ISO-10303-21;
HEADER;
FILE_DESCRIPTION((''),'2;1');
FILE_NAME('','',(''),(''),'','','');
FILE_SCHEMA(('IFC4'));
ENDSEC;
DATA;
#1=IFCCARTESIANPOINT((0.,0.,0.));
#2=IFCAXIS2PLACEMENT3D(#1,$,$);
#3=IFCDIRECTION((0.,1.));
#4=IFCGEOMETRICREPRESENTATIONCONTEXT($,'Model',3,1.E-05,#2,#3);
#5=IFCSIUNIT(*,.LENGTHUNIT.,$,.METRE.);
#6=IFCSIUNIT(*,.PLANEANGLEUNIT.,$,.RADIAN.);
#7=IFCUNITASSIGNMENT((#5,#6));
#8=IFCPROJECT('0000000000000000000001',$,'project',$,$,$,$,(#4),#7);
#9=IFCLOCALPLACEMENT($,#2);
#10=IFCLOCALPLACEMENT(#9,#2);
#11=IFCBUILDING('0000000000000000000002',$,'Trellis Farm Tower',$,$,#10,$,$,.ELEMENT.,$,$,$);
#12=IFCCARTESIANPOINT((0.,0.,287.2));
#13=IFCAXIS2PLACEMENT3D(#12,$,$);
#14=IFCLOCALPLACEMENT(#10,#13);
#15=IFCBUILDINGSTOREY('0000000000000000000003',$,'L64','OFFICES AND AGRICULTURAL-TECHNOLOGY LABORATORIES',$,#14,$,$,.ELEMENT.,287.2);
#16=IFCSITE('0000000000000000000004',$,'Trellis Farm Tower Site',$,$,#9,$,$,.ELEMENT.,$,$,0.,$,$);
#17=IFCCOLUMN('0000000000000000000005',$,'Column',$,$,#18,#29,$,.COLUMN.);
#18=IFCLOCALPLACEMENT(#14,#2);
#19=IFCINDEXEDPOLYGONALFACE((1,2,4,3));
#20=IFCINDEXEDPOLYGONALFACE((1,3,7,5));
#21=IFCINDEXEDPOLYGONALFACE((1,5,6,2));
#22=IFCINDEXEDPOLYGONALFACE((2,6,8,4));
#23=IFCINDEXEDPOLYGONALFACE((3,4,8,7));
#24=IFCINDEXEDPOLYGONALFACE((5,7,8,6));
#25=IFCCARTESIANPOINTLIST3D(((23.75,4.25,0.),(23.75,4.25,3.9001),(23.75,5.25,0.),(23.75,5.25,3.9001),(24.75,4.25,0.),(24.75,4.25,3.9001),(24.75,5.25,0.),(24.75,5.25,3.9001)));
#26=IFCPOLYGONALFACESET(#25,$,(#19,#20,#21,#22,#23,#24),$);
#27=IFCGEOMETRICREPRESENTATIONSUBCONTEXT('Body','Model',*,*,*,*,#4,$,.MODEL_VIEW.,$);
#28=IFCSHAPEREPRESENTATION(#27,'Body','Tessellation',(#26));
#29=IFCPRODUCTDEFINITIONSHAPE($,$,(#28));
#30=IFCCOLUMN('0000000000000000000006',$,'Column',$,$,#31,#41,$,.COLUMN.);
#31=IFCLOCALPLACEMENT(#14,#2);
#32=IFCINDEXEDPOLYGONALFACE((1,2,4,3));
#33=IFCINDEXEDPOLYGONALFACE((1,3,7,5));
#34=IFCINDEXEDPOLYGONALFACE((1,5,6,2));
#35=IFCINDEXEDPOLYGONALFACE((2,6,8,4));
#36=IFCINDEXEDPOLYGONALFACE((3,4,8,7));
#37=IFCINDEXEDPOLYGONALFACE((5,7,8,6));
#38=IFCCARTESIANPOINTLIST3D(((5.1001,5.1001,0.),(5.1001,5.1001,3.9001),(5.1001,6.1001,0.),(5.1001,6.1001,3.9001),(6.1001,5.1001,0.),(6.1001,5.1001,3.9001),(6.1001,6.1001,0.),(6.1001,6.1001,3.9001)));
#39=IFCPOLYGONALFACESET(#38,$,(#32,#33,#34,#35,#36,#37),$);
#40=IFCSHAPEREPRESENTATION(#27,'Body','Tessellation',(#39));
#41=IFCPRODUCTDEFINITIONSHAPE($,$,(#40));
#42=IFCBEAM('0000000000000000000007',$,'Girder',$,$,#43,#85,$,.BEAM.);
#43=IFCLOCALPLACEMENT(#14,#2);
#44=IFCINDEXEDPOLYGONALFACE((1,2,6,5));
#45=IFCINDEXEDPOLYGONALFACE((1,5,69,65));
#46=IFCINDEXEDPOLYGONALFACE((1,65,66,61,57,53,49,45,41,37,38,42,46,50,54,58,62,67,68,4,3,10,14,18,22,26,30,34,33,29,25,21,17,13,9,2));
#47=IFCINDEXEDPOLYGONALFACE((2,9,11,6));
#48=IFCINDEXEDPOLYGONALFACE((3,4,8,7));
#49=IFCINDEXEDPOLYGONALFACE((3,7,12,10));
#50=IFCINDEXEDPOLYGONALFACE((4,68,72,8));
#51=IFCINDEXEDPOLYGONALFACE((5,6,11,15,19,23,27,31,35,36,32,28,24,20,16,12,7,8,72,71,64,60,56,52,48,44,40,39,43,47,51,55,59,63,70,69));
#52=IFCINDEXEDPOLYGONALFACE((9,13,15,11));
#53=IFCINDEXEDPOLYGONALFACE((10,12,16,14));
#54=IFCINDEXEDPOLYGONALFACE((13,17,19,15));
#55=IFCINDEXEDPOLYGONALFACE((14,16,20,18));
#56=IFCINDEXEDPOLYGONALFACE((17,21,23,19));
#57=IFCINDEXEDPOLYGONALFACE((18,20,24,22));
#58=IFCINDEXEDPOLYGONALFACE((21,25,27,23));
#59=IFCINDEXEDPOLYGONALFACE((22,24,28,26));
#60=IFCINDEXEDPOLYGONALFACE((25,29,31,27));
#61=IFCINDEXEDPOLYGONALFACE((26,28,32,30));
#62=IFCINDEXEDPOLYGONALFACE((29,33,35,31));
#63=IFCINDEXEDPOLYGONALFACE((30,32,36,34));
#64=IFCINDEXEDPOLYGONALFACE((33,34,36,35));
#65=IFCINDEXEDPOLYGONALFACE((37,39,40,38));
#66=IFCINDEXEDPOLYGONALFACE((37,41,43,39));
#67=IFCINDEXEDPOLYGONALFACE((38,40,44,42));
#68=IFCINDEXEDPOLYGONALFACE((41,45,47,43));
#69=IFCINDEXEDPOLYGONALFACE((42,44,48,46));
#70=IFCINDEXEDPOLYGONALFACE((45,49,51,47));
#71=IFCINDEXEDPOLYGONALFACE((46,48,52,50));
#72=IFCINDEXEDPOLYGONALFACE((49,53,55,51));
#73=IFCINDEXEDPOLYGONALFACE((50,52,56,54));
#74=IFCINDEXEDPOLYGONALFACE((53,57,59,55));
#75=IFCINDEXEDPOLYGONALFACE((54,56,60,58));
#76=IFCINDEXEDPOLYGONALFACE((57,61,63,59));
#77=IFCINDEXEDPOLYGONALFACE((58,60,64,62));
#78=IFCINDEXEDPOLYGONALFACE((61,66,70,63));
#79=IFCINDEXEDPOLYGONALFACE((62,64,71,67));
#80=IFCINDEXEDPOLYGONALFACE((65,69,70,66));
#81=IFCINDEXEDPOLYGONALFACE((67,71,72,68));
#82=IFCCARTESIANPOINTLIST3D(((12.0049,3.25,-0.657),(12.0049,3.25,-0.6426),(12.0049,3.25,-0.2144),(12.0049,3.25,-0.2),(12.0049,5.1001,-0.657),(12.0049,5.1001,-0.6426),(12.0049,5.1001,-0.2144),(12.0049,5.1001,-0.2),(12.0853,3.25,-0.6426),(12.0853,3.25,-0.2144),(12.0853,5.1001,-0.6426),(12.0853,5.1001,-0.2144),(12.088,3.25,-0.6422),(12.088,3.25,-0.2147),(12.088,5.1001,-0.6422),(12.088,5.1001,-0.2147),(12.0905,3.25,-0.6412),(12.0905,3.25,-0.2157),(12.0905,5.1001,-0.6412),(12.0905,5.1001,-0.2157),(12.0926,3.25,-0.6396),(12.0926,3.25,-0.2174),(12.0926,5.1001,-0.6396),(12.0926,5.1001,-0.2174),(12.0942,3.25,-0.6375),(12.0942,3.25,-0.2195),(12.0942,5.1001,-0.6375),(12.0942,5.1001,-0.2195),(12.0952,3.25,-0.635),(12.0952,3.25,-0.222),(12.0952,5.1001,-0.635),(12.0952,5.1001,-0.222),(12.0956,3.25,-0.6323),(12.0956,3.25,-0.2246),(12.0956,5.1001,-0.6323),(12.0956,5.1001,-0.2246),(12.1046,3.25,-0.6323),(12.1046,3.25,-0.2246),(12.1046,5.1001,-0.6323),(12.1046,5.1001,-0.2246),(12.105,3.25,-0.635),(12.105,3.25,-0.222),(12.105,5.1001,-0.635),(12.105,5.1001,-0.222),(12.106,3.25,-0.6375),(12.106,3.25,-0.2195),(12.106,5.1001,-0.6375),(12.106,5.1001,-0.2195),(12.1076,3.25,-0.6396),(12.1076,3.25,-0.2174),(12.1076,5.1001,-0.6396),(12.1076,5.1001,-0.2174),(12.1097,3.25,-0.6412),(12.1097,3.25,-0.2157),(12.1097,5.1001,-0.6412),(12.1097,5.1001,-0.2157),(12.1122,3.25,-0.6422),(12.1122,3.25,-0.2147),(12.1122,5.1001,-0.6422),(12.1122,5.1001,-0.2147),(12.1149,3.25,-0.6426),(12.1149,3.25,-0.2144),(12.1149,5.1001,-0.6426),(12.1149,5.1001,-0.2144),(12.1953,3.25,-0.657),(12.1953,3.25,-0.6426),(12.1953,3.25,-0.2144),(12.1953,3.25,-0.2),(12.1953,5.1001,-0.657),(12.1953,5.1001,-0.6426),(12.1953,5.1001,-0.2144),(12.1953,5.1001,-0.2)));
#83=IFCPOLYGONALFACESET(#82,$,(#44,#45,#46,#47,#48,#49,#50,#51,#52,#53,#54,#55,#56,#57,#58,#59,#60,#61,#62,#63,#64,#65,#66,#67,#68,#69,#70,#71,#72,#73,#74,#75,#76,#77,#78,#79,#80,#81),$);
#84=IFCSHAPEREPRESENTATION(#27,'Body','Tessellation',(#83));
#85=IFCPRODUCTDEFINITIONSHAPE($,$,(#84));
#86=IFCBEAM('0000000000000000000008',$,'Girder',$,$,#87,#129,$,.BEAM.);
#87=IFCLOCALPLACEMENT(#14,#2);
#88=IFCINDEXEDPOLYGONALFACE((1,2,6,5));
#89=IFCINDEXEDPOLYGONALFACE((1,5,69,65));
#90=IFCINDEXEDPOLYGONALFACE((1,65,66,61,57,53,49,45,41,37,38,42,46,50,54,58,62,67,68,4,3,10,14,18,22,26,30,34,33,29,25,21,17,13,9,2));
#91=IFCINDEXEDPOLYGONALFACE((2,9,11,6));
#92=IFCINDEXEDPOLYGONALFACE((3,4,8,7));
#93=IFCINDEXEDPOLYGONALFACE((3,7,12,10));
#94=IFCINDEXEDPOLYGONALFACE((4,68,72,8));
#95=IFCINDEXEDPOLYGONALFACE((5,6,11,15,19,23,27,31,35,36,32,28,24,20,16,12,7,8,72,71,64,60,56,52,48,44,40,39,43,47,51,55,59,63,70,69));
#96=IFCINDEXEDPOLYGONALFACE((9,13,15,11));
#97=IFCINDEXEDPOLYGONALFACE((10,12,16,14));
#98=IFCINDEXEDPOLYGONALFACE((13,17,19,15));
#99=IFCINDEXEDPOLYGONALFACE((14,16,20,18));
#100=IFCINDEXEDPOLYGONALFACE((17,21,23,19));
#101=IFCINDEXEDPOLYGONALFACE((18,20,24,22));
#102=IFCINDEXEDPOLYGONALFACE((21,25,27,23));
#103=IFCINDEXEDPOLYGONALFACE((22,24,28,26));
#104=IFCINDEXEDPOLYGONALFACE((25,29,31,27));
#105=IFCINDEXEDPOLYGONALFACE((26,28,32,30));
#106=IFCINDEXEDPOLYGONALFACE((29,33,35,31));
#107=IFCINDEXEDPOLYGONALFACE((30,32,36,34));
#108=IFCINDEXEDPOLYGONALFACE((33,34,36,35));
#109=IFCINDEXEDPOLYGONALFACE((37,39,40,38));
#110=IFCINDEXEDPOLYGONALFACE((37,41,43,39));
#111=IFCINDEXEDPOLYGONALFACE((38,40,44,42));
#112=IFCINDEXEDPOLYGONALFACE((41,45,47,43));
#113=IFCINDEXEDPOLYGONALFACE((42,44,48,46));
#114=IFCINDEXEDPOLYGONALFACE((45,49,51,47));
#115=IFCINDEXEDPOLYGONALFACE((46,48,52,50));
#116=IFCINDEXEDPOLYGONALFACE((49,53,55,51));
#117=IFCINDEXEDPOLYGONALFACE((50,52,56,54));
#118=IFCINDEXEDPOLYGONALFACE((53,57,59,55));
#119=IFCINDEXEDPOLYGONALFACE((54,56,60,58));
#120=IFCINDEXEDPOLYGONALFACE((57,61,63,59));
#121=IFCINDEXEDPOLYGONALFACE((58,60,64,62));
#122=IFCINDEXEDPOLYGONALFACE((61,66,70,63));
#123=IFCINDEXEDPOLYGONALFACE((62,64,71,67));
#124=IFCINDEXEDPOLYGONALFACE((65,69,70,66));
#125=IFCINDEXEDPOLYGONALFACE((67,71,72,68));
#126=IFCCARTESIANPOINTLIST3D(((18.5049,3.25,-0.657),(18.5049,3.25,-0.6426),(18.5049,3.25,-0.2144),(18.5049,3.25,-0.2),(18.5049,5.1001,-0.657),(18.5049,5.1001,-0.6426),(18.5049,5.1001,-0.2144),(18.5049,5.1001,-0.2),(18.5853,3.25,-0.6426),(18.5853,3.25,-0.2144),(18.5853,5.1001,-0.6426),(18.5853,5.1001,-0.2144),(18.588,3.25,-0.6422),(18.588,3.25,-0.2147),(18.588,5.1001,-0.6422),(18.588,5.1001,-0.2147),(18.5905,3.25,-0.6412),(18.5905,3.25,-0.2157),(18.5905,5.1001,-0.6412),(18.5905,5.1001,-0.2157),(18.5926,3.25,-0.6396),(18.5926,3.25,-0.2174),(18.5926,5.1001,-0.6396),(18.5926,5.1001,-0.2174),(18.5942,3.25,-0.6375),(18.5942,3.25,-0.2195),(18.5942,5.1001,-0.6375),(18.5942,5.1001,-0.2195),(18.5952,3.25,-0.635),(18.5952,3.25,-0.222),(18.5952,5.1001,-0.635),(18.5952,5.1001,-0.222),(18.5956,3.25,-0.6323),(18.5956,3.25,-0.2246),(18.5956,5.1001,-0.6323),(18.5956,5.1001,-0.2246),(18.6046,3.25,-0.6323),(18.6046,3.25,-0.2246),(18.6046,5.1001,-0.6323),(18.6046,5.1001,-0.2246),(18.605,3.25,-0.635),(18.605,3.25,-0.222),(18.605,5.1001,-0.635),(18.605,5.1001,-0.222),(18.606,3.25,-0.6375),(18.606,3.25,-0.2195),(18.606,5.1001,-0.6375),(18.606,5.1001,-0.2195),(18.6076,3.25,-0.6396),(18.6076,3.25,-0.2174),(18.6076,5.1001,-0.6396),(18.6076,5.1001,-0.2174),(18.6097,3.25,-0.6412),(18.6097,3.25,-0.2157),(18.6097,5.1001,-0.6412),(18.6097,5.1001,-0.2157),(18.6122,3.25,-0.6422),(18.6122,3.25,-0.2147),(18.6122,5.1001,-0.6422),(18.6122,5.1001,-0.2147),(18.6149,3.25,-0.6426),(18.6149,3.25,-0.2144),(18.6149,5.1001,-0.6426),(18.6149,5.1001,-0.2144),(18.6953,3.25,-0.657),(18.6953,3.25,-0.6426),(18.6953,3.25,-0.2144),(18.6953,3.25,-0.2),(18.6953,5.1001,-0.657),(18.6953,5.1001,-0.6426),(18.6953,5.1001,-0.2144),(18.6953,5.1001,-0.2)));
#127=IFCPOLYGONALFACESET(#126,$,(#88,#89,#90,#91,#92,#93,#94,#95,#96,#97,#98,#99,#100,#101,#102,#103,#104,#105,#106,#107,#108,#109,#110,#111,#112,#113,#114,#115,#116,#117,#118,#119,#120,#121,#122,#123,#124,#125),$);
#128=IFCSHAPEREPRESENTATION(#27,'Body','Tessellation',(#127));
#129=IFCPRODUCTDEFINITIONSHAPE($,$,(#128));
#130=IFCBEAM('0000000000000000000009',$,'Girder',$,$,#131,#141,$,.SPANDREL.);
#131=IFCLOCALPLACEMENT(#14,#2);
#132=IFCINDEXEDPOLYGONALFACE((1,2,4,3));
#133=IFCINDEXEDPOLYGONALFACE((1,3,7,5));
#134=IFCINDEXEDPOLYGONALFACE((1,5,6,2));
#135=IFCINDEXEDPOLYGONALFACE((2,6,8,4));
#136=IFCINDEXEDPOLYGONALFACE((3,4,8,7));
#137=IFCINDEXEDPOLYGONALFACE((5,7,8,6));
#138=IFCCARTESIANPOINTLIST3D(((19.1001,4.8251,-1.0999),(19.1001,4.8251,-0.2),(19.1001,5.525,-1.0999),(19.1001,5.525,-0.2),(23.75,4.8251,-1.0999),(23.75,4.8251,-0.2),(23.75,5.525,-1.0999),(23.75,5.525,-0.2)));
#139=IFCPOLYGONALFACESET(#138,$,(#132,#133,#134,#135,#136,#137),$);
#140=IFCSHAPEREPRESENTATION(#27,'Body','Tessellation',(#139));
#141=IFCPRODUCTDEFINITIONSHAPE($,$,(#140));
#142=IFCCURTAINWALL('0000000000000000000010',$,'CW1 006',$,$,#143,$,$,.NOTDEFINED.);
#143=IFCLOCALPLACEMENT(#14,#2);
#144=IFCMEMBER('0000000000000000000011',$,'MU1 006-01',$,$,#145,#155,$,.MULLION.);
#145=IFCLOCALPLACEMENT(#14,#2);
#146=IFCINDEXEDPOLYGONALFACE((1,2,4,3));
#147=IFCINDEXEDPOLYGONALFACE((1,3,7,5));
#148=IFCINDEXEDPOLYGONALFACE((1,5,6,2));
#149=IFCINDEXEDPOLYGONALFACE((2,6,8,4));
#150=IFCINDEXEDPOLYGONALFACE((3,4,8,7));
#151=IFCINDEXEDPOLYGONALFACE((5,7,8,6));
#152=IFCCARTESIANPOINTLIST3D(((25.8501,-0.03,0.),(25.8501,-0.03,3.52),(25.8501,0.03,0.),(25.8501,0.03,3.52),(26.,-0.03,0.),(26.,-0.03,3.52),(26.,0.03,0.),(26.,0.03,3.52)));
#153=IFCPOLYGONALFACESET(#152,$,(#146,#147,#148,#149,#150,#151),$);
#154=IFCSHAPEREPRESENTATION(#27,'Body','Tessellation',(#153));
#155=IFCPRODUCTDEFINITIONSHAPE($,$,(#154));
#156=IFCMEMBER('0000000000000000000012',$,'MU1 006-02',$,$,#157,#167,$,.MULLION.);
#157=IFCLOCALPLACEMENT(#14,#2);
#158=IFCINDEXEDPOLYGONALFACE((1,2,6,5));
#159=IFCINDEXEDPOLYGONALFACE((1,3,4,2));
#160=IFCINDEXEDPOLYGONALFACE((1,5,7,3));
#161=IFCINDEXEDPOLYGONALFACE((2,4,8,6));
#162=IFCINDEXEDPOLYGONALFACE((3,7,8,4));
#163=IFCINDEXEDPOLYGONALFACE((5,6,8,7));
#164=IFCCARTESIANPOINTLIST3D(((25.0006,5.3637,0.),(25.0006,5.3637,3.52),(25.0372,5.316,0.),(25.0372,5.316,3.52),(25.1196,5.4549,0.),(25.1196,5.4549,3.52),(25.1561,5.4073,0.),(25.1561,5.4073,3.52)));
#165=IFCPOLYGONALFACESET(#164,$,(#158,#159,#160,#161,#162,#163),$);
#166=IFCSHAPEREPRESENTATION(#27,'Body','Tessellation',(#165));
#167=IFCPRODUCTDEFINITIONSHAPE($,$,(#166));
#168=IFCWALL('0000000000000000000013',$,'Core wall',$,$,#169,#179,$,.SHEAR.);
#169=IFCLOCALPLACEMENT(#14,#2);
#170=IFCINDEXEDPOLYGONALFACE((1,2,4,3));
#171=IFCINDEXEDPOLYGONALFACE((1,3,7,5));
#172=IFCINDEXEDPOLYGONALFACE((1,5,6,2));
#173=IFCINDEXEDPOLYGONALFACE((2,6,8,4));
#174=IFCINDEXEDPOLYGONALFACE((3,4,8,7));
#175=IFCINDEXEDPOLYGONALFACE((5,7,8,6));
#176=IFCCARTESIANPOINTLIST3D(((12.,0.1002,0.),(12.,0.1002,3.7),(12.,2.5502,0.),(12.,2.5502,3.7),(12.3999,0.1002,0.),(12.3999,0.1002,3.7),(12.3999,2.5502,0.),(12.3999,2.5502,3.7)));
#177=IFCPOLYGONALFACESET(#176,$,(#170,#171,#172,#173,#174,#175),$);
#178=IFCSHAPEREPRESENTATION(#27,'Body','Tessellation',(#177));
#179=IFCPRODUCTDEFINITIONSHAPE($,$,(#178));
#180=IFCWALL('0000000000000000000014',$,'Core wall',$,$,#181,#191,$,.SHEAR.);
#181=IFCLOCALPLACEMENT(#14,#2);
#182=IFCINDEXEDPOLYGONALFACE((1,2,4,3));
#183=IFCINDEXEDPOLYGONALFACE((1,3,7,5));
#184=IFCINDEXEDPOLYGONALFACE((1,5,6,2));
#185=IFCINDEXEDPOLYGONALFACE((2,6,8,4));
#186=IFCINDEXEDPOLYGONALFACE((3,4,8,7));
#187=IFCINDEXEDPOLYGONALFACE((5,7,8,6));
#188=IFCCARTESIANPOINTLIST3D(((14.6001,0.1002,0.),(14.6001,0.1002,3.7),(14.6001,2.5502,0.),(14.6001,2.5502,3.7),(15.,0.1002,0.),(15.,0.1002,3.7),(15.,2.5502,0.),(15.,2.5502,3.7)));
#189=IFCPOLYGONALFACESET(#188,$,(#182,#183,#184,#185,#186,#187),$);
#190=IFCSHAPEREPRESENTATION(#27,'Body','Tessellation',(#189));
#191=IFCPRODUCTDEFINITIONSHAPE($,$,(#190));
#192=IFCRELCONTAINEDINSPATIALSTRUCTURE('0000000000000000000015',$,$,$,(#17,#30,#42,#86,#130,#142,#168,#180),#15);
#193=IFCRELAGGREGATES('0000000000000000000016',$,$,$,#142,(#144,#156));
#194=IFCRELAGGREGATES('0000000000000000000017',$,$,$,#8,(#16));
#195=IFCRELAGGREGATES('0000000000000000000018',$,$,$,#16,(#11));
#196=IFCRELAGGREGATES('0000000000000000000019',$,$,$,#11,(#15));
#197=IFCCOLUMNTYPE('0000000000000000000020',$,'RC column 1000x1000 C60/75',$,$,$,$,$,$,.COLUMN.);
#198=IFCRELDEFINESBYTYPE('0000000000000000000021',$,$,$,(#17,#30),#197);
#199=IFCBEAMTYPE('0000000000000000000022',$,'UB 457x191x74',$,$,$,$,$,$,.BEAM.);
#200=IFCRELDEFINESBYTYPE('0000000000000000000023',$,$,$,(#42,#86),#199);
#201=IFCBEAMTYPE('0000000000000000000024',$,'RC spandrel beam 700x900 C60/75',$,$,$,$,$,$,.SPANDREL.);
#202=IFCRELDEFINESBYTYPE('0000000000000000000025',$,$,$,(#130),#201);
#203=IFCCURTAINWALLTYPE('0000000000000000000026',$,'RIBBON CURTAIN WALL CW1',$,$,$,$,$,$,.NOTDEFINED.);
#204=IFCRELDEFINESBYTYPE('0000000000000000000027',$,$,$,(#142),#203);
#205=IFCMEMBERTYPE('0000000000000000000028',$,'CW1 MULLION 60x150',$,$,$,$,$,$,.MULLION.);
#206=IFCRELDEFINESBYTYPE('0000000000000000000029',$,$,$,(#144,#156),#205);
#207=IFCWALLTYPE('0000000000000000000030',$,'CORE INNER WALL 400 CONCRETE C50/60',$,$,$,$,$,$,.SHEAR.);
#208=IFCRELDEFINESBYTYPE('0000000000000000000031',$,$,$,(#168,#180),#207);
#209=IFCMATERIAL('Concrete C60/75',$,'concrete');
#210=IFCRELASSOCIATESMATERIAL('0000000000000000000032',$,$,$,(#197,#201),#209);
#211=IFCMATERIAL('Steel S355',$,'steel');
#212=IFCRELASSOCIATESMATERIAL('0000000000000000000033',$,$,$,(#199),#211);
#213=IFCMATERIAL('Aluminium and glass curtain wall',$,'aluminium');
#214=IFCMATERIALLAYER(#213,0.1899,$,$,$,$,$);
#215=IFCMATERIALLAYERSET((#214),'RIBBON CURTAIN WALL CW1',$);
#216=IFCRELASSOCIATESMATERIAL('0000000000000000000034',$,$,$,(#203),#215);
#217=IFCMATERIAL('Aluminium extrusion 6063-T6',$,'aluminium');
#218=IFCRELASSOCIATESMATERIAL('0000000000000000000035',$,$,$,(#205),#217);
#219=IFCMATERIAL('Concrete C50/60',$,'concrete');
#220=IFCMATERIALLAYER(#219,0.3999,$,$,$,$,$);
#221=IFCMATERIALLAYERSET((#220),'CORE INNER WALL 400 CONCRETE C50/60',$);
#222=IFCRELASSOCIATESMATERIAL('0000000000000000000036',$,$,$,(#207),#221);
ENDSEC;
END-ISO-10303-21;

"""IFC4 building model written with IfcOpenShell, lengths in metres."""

from ifc_helpers import new_model, si_unit, direction, frame, frame_2d, origin, origin_2d, place, context, subcontext, project, spatial, rectangle, i_section, extrude, source, transform, mapped, material, layer, layer_set, material_profile, profile_set, type_object, element, aggregate, save


model = new_model("IFC4")

# Units and contexts
model_context = context("Model", 3, precision=1e-05, world=origin(), true_north=direction((0.0, 1.0)))
body_context = subcontext(model_context, "Body", "Model", "MODEL_VIEW")
ifc_project = project(units=[si_unit("LENGTHUNIT", "METRE"), si_unit("PLANEANGLEUNIT", "RADIAN")], contexts=[model_context])

# Site, building, storey
site_placement = place(None, origin())
site = spatial("IfcSite", under=ifc_project, at=site_placement, Name="Trellis Farm Tower Site", CompositionType="ELEMENT", RefElevation=0.0)
building_placement = place(site_placement, origin())
building = spatial("IfcBuilding", under=site, at=building_placement, Name="Trellis Farm Tower", CompositionType="ELEMENT")
storey_placement = place(building_placement, frame((0.0, 0.0, 287.2)))
storey = spatial("IfcBuildingStorey", under=building, at=storey_placement, Name="L64", Description="OFFICES AND AGRICULTURAL-TECHNOLOGY LABORATORIES", CompositionType="ELEMENT", Elevation=287.2)

# Columns
ifc_material_1 = material(Name="Concrete C60/75", Category="concrete")
ifc_material_profile_1 = material_profile(ifc_material_1, rectangle(XDim=1.0, YDim=1.0, at=origin_2d()), Name="RC column 1000x1000 C60/75")
ifc_profile_set_1 = profile_set([ifc_material_profile_1], Name="Concrete C60/75")
column_type = type_object("IfcColumnType", Name="RC column 1000x1000 C60/75", PredefinedType="COLUMN", material=ifc_profile_set_1)
shared_shape_1 = source(origin(), body_context, "Body", "SweptSolid", [
    extrude(rectangle(XDim=1.0, YDim=1.0, at=origin_2d()), origin(), (0.0, 0.0, 1.0), 3.9001),
])
for number, where, z_axis, x_axis, name in (
    (1, (24.25, 4.75, 0.0), (0.0, 0.0, 1.0), (1.0, 0.0, 0.0), "Column"),
    (2, (5.6001, 5.6001, 0.0), (0.0, 0.0, 1.0), (1.0, 0.0, 0.0), "Column"),
):
    element("IfcColumn", number, at=place(storey_placement, frame(where, z_axis=z_axis, x_axis=x_axis)), inside=storey, type_object=column_type, Name=name, PredefinedType="COLUMN", context=body_context, shape_type="MappedRepresentation", body=[
        mapped(shared_shape_1, transform((0.0, 0.0, 0.0))),
    ])

# Beams
ifc_material_2 = material(Name="Steel S355", Category="steel")
ifc_material_profile_2 = material_profile(ifc_material_2, i_section(OverallWidth=0.1904, OverallDepth=0.457, WebThickness=0.009, FlangeThickness=0.0144, FilletRadius=0.0103, at=origin_2d()), Name="UB 457x191x74")
ifc_profile_set_2 = profile_set([ifc_material_profile_2], Name="Steel S355")
beam_type_1 = type_object("IfcBeamType", Name="UB 457x191x74", PredefinedType="BEAM", material=ifc_profile_set_2)
shared_shape_2 = source(origin(), body_context, "Body", "SweptSolid", [
    extrude(i_section(OverallWidth=0.1904, OverallDepth=0.457, WebThickness=0.009, FlangeThickness=0.0144, FilletRadius=0.0103, at=origin_2d()), origin(), (0.0, 0.0, 1.0), 1.8501),
])
for number, where, z_axis, x_axis, name in (
    (3, (12.1001, 3.25, -0.4285), (0.0, 1.0, 0.0), (-1.0, 0.0, 0.0), "Girder"),
    (4, (18.6001, 3.25, -0.4285), (0.0, 1.0, 0.0), (-1.0, 0.0, 0.0), "Girder"),
):
    element("IfcBeam", number, at=place(storey_placement, frame(where, z_axis=z_axis, x_axis=x_axis)), inside=storey, type_object=beam_type_1, Name=name, PredefinedType="BEAM", context=body_context, shape_type="MappedRepresentation", body=[
        mapped(shared_shape_2, transform((0.0, 0.0, 0.0))),
    ])
ifc_material_profile_3 = material_profile(ifc_material_1, rectangle(XDim=0.7, YDim=0.8999, at=origin_2d()), Name="RC spandrel beam 700x900 C60/75")
ifc_profile_set_3 = profile_set([ifc_material_profile_3], Name="Concrete C60/75")
beam_type_2 = type_object("IfcBeamType", Name="RC spandrel beam 700x900 C60/75", PredefinedType="SPANDREL", material=ifc_profile_set_3)
shared_shape_3 = source(origin(), body_context, "Body", "SweptSolid", [
    extrude(rectangle(XDim=0.7, YDim=0.8999, at=origin_2d()), origin(), (0.0, 0.0, 1.0), 4.6499),
])
beam_placement = place(storey_placement, frame((19.1001, 5.175, -0.6499), z_axis=(1.0, 0.0, 0.0), x_axis=(0.0, 1.0, 0.0)))
element("IfcBeam", 5, at=beam_placement, inside=storey, type_object=beam_type_2, Name="Girder", PredefinedType="SPANDREL", context=body_context, shape_type="MappedRepresentation", body=[
    mapped(shared_shape_3, transform((0.0, 0.0, 0.0))),
])

# Curtain wall, members
ifc_material_3 = material(Name="Aluminium and glass curtain wall", Category="aluminium")
ifc_layer_1 = layer(ifc_material_3, 0.1899)
ifc_layer_set_1 = layer_set([ifc_layer_1], Name="RIBBON CURTAIN WALL CW1")
curtain_wall_type = type_object("IfcCurtainWallType", Name="RIBBON CURTAIN WALL CW1", PredefinedType="NOTDEFINED", material=ifc_layer_set_1)
curtain_wall_placement = place(storey_placement, origin())
curtain_wall = element("IfcCurtainWall", 6, at=curtain_wall_placement, inside=storey, type_object=curtain_wall_type, Name="CW1 006", PredefinedType="NOTDEFINED")
ifc_material_4 = material(Name="Aluminium extrusion 6063-T6", Category="aluminium")
ifc_material_profile_4 = material_profile(ifc_material_4, rectangle(XDim=0.0601, YDim=0.1499, at=origin_2d()), Name="MULLION 60x150")
ifc_profile_set_4 = profile_set([ifc_material_profile_4], Name="Aluminium extrusion 6063-T6")
member_type = type_object("IfcMemberType", Name="CW1 MULLION 60x150", PredefinedType="MULLION", material=ifc_profile_set_4)
shared_shape_4 = source(origin(), body_context, "Body", "SweptSolid", [
    extrude(rectangle(XDim=0.0601, YDim=0.1499, at=origin_2d()), origin(), (0.0, 0.0, 1.0), 3.52),
])
member_1_placement = place(storey_placement, frame((25.925, 0.0, 0.0), z_axis=(0.0, 0.0, 1.0), x_axis=(0.0, 1.0, 0.0)))
member_1 = element("IfcMember", 7, at=member_1_placement, type_object=member_type, Name="MU1 006-01", PredefinedType="MULLION", context=body_context, shape_type="MappedRepresentation", body=[
    mapped(shared_shape_4, transform((0.0, 0.0, 0.0))),
])
member_2_placement = place(storey_placement, frame((25.0784, 5.3855, 0.0), z_axis=(0.0, 0.0, 1.0), x_axis=(-0.608761, 0.793353, 0.0)))
member_2 = element("IfcMember", 8, at=member_2_placement, type_object=member_type, Name="MU1 006-02", PredefinedType="MULLION", context=body_context, shape_type="MappedRepresentation", body=[
    mapped(shared_shape_4, transform((0.0, 0.0, 0.0))),
])
aggregate(curtain_wall, [member_1, member_2])

# Walls
ifc_material_5 = material(Name="Concrete C50/60", Category="concrete")
ifc_layer_2 = layer(ifc_material_5, 0.3999)
ifc_layer_set_2 = layer_set([ifc_layer_2], Name="CORE INNER WALL 400 CONCRETE C50/60")
wall_type_1 = type_object("IfcWallType", Name="CORE INNER WALL 400 CONCRETE C50/60", PredefinedType="SHEAR", material=ifc_layer_set_2)
shared_shape_5 = source(origin(), body_context, "Body", "SweptSolid", [
    extrude(rectangle(XDim=2.45, YDim=0.3999, at=frame_2d((1.2251, 0.0))), origin(), (0.0, 0.0, 1.0), 3.7),
])
for number, where, z_axis, x_axis, name in (
    (9, (12.2, 0.1001, 0.0), (0.0, 0.0, 1.0), (0.0, 1.0, 0.0), "Core wall"),
    (10, (14.8, 0.1001, 0.0), (0.0, 0.0, 1.0), (0.0, 1.0, 0.0), "Core wall"),
):
    element("IfcWall", number, at=place(storey_placement, frame(where, z_axis=z_axis, x_axis=x_axis)), inside=storey, type_object=wall_type_1, Name=name, PredefinedType="SHEAR", context=body_context, shape_type="MappedRepresentation", body=[
        mapped(shared_shape_5, transform((0.0, 0.0, 0.0))),
    ])

save(model, "model.ifc")
